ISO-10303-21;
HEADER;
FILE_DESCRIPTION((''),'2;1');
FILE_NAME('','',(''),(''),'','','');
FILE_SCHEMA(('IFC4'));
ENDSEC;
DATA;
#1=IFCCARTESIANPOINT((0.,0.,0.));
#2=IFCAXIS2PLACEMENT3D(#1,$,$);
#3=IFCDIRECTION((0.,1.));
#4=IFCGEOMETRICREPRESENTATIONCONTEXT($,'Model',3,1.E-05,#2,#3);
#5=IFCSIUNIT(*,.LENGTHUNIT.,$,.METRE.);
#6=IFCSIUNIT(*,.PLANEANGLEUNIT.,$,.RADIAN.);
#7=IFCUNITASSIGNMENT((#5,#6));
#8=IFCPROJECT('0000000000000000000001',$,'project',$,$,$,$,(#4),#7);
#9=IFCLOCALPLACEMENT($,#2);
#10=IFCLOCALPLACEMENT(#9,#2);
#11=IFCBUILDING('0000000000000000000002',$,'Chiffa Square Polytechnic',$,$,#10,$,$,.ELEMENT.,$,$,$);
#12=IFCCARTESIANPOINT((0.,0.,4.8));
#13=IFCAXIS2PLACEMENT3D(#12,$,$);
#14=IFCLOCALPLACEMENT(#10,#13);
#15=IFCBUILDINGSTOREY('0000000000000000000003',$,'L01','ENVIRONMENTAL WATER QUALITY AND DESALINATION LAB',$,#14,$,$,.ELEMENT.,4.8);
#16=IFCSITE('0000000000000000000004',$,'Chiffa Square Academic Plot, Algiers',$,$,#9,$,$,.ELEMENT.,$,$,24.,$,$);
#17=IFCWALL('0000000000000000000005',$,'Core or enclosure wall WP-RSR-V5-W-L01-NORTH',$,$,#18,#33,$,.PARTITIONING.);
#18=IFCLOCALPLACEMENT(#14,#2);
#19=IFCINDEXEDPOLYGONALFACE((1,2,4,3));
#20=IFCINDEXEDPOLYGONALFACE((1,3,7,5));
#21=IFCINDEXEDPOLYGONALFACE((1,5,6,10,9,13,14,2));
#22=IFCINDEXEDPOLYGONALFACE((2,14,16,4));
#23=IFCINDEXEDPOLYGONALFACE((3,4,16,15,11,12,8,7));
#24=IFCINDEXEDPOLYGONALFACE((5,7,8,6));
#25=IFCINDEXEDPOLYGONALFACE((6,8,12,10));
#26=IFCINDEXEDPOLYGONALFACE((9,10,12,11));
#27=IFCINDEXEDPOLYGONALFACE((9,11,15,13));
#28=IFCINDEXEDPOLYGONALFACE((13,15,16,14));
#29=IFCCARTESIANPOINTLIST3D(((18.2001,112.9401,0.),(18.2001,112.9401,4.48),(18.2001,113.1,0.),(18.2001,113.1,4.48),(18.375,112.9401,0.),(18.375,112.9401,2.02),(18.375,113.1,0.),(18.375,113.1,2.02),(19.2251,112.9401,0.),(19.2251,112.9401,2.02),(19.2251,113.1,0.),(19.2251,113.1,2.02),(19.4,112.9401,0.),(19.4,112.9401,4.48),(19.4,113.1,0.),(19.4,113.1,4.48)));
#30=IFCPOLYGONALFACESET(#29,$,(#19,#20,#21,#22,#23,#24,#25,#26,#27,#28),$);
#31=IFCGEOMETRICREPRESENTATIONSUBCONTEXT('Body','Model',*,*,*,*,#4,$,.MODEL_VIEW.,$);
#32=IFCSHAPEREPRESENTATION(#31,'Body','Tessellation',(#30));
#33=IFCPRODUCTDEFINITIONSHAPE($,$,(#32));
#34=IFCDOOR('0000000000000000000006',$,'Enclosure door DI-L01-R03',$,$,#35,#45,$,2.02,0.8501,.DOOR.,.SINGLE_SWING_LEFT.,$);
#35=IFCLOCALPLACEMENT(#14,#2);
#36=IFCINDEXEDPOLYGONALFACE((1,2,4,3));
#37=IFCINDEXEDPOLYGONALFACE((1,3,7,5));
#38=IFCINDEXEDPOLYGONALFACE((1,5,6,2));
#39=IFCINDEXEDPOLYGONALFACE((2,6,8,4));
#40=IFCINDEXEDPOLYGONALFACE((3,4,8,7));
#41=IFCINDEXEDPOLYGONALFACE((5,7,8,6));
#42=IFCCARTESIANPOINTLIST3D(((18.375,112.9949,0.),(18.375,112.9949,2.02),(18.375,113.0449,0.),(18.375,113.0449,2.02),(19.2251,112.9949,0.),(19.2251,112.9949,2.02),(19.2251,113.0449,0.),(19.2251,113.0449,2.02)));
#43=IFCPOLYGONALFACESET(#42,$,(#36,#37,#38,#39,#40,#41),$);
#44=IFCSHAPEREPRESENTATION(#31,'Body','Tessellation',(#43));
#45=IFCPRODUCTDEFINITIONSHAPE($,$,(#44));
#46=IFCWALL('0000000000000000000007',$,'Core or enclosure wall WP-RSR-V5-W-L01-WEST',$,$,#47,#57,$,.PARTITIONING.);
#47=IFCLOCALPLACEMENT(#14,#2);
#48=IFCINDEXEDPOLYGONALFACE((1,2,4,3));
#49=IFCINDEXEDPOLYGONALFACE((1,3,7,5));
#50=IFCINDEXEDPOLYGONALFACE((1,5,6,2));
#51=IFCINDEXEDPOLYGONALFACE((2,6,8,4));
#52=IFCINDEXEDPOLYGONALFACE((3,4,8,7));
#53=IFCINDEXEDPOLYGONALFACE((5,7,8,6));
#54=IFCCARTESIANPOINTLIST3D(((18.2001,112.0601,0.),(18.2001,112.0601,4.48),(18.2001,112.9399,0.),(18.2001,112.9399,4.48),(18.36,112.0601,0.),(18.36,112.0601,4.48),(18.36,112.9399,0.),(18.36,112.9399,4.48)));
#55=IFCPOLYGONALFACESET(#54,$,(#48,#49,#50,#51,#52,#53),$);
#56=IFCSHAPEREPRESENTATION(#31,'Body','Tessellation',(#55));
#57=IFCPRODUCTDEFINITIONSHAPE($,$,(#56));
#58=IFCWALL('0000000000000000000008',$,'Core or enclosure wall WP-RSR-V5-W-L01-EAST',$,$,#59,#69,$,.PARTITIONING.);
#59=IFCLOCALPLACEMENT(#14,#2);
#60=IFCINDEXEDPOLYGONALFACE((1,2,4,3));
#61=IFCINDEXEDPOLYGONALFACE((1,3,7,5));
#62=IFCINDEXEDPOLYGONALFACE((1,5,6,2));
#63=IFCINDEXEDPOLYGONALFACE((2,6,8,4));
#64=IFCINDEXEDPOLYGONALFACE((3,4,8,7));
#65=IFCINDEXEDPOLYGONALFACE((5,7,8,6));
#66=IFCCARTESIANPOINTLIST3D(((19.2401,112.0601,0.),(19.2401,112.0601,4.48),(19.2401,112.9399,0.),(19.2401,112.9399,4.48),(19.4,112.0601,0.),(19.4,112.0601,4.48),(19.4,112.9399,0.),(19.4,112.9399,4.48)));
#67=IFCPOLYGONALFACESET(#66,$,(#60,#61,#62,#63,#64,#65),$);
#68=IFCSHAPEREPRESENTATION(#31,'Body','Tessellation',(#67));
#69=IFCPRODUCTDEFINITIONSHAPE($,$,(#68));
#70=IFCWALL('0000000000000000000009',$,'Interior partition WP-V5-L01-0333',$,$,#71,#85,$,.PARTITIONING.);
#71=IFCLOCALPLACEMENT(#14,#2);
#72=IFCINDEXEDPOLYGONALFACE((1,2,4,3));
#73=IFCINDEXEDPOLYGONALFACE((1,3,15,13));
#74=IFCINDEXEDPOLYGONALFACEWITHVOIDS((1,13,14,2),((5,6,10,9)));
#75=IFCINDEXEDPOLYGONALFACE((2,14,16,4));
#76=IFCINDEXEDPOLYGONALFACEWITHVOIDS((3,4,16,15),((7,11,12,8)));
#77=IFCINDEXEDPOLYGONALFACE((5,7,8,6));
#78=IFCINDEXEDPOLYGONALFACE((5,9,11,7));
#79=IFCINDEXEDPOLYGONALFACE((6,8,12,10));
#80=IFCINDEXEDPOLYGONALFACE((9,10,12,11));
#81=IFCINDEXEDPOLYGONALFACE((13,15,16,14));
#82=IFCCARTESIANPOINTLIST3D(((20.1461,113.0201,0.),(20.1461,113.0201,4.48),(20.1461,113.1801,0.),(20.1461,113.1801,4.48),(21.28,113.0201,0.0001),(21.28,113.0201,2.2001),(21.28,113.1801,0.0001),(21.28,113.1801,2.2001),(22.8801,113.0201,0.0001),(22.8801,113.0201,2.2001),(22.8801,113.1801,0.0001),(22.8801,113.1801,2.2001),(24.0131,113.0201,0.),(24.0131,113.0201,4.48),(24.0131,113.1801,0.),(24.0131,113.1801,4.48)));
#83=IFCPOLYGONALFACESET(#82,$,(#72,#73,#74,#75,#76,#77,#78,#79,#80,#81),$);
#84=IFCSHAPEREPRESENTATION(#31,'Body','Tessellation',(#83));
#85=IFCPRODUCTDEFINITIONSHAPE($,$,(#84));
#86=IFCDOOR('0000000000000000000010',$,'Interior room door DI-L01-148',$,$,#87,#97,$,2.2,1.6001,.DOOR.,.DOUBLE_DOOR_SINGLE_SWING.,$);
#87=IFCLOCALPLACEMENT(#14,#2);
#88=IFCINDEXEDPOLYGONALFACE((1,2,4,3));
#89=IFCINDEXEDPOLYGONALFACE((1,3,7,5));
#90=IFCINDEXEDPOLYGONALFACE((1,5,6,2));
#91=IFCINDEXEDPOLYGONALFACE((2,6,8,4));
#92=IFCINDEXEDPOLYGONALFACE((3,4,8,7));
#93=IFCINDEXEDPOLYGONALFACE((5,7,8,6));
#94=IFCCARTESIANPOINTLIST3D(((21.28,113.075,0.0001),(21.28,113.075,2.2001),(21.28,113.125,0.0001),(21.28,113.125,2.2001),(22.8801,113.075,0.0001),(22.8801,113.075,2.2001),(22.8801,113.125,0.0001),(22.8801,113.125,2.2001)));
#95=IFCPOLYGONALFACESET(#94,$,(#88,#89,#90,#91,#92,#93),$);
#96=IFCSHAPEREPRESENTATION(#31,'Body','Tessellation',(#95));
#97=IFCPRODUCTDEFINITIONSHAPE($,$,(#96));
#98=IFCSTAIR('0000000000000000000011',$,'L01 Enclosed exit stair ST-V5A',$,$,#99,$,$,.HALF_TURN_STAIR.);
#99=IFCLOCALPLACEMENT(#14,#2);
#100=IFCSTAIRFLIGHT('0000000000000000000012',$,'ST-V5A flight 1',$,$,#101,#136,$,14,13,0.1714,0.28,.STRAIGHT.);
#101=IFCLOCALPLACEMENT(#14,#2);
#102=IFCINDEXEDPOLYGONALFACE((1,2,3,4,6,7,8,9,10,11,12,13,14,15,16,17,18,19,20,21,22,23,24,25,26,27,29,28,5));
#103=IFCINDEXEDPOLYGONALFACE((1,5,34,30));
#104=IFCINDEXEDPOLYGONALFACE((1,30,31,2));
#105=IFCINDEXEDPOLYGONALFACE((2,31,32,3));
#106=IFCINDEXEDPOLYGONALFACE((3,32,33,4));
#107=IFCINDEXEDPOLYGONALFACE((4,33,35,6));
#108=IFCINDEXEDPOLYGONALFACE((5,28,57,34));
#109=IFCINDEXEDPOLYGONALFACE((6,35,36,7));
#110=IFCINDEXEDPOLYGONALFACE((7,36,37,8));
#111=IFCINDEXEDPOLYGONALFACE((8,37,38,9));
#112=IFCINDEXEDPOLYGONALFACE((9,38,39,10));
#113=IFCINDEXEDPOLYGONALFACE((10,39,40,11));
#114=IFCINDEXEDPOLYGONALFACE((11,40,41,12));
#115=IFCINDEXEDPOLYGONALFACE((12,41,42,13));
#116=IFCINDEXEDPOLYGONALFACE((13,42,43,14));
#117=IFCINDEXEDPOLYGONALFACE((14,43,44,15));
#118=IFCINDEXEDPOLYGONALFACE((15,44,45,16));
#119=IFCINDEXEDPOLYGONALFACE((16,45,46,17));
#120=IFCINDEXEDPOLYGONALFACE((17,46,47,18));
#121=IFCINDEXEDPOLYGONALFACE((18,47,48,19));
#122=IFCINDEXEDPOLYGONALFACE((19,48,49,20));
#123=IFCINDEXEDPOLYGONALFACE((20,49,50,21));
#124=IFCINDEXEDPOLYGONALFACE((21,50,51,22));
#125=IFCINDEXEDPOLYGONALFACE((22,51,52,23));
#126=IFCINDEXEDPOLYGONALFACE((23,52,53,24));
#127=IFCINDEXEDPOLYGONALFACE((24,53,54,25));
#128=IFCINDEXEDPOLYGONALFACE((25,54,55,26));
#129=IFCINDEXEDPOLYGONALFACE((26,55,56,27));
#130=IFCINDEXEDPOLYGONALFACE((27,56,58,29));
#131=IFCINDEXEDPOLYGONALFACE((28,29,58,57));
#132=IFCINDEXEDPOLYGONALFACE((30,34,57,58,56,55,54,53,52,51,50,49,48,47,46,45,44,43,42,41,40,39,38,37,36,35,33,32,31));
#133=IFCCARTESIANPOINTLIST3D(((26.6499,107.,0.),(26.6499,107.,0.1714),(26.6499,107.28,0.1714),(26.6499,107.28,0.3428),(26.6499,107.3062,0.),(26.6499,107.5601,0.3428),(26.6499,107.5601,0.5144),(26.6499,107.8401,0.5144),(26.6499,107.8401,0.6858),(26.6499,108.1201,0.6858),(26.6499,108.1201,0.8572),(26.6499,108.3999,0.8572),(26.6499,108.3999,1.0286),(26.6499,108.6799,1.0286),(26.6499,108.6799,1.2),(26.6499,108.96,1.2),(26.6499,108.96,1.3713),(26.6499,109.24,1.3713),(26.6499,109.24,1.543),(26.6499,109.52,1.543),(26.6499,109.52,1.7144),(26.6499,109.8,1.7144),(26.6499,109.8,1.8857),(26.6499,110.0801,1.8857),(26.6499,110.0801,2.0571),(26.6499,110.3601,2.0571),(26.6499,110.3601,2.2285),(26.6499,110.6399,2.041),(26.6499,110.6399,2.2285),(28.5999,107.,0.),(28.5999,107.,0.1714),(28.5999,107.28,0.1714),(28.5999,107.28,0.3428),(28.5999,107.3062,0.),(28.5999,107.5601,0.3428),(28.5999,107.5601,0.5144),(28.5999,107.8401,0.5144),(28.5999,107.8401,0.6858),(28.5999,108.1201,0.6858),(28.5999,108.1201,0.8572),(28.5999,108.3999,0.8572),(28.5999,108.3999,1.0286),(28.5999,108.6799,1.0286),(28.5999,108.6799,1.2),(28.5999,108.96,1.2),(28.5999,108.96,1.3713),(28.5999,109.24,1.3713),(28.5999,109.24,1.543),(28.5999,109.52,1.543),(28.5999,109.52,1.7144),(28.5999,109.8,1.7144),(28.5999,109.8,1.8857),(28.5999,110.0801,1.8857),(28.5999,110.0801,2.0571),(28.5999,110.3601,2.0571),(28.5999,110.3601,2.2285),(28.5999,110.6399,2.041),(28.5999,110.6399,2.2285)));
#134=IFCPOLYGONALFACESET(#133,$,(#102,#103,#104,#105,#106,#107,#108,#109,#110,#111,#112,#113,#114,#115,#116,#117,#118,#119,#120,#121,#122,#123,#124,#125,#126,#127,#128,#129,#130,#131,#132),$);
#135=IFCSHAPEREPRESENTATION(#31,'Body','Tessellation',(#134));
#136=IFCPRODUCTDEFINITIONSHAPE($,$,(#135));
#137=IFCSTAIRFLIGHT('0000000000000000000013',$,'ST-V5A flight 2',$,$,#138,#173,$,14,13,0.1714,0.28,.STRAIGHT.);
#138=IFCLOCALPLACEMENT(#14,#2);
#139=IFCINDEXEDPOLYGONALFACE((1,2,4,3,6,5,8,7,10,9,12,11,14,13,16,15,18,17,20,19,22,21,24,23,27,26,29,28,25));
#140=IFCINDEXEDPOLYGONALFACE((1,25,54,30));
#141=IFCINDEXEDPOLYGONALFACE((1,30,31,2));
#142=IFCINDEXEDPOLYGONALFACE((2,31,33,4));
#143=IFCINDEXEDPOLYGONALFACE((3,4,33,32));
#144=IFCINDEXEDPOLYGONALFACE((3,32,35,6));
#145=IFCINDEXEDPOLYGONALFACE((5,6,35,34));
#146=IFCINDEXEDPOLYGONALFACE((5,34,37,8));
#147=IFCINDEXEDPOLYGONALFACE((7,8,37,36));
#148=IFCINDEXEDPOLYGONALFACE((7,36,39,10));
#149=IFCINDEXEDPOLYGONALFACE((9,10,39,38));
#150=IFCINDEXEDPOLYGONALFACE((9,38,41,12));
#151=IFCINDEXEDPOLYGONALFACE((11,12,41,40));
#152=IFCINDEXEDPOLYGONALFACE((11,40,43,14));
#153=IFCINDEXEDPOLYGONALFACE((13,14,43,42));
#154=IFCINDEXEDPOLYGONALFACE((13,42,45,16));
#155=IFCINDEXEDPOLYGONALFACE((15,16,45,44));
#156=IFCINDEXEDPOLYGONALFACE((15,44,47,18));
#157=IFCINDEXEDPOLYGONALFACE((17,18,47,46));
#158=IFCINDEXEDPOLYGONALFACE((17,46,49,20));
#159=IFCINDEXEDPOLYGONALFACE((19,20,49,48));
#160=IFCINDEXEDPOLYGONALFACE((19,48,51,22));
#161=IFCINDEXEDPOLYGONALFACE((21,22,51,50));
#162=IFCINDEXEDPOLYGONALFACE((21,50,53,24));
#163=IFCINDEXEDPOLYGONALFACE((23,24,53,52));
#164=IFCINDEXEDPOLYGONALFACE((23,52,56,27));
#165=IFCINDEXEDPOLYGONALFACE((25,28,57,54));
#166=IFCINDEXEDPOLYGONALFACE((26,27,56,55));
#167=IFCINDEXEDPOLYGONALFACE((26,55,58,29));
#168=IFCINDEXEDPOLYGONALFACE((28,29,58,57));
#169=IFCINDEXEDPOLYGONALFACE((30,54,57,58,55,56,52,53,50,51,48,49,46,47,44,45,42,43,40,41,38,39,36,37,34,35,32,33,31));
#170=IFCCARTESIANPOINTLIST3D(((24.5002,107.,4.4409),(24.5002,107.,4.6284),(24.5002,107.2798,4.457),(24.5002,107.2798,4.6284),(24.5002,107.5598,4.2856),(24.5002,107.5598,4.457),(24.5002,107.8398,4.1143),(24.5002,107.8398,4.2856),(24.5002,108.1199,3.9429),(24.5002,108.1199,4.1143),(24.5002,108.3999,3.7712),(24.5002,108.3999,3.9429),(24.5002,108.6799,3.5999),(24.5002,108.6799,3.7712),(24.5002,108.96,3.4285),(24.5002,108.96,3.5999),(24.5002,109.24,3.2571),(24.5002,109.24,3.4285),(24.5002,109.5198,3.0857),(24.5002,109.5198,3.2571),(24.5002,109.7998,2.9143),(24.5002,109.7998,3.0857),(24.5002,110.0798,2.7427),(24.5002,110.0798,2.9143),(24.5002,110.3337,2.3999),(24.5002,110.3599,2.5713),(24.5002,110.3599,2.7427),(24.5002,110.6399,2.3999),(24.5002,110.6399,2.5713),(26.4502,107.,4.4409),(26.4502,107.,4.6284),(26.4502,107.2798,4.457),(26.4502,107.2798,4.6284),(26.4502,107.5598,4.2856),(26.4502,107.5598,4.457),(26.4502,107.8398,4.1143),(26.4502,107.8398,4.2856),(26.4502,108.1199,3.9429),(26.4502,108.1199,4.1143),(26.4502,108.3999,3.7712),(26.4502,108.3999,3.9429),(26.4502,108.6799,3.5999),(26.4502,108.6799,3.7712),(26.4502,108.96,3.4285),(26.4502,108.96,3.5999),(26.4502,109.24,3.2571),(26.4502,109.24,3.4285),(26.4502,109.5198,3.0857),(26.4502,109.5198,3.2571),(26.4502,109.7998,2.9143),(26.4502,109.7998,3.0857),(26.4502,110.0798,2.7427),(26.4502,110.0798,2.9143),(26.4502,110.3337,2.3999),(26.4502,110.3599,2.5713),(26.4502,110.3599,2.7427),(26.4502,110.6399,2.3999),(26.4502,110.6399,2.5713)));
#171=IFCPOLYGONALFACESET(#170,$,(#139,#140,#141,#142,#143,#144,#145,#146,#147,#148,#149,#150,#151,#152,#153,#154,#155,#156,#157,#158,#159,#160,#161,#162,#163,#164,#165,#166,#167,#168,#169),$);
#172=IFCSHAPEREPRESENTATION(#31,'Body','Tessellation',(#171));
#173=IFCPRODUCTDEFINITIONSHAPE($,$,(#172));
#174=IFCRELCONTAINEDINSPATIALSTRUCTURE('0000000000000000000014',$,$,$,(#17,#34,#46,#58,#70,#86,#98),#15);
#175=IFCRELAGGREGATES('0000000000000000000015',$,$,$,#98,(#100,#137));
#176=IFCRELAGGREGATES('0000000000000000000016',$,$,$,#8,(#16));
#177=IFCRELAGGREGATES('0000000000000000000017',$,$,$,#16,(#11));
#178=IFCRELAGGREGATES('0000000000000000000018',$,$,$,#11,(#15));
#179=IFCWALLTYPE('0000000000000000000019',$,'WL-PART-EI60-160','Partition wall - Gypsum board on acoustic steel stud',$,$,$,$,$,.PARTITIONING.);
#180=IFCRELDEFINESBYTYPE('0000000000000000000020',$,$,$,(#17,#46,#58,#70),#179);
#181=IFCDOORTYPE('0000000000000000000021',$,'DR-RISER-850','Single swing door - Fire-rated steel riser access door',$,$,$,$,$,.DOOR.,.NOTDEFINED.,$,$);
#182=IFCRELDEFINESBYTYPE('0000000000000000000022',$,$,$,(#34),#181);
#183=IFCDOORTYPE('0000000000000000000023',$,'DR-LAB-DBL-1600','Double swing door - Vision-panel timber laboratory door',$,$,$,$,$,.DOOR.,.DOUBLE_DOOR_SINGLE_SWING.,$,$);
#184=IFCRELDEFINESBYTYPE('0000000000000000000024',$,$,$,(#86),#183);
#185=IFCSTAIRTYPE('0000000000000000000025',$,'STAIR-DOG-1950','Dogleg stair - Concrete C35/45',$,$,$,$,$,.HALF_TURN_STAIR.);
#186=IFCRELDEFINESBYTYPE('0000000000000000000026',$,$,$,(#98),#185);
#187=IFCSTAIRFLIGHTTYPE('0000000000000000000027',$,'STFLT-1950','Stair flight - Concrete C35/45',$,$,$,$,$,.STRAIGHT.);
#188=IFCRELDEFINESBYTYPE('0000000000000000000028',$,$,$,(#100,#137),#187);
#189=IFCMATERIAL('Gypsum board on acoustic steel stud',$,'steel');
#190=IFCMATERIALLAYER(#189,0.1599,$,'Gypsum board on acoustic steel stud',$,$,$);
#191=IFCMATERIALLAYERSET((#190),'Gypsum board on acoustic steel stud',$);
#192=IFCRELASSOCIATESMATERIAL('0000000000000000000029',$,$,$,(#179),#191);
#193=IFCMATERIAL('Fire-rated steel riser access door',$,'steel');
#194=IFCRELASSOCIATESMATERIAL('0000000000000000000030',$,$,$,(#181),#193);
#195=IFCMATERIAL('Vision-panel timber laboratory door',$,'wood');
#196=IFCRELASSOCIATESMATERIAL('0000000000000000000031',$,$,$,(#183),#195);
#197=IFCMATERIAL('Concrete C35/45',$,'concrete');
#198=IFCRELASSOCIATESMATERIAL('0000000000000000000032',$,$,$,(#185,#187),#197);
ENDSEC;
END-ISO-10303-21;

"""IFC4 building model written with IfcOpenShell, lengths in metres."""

from ifc_helpers import new_model, si_unit, direction, frame, frame_2d, origin, place, context, subcontext, project, spatial, polyline, rectangle, outline, extrude, material, layer, layer_set, type_object, element, fill, aggregate, save


model = new_model("IFC4")

# Units and contexts
model_context = context("Model", 3, precision=1e-05, world=origin(), true_north=direction((0.0, 1.0)))
body_context = subcontext(model_context, "Body", "Model", "MODEL_VIEW")
ifc_project = project(units=[si_unit("LENGTHUNIT", "METRE"), si_unit("PLANEANGLEUNIT", "RADIAN")], contexts=[model_context])

# Site, building, storey
site_placement = place(None, origin())
site = spatial("IfcSite", under=ifc_project, at=site_placement, Name="Chiffa Square Academic Plot, Algiers", CompositionType="ELEMENT", RefElevation=24.0)
building_placement = place(site_placement, origin())
building = spatial("IfcBuilding", under=site, at=building_placement, Name="Chiffa Square Polytechnic", CompositionType="ELEMENT")
storey_placement = place(building_placement, frame((0.0, 0.0, 4.8)))
storey = spatial("IfcBuildingStorey", under=building, at=storey_placement, Name="L01", Description="ENVIRONMENTAL WATER QUALITY AND DESALINATION LAB", CompositionType="ELEMENT", Elevation=4.8)

# Shared definitions
ifc_material_1 = material(Name="Concrete C35/45", Category="concrete")

# Shared definitions
ifc_material_2 = material(Name="Gypsum board on acoustic steel stud", Category="steel")
ifc_layer_1 = layer(ifc_material_2, 0.1599, Name="Gypsum board on acoustic steel stud")
ifc_layer_set_1 = layer_set([ifc_layer_1], Name="Gypsum board on acoustic steel stud")
wall_type_1 = type_object("IfcWallType", Name="WL-PART-EI60-160", Description="Partition wall - Gypsum board on acoustic steel stud", PredefinedType="PARTITIONING", material=ifc_layer_set_1)

# Wall, opening, door
wall_1_placement = place(storey_placement, frame((18.2, 113.02, 0.0), z_axis=(0.0, 0.0, 1.0), x_axis=(1.0, 0.0, 0.0)))
wall_1 = element("IfcWall", 1, at=wall_1_placement, inside=storey, type_object=wall_type_1, Name="Core or enclosure wall WP-RSR-V5-W-L01-NORTH", PredefinedType="PARTITIONING", context=body_context, shape_type="SweptSolid", body=[
    extrude(rectangle(XDim=1.2, YDim=0.1599, at=frame_2d((0.6001, 0.0))), origin(), (0.0, 0.0, 1.0), 4.48),
])
opening_1_placement = place(wall_1_placement, frame((0.175, 0.0, 0.0)))
opening_1 = element("IfcOpeningElement", 2, at=opening_1_placement, cuts=wall_1, PredefinedType="OPENING", context=body_context, shape_type="SweptSolid", body=[
    extrude(rectangle(XDim=0.8501, YDim=2.02, at=frame_2d((0.425, 1.01))), frame((0.0, 0.0898, 0.0), z_axis=(0.0, -1.0, 0.0), x_axis=(1.0, 0.0, 0.0)), (0.0, 0.0, 1.0), 0.1799),
])
ifc_material_3 = material(Name="Fire-rated steel riser access door", Category="steel")
door_type_1 = type_object("IfcDoorType", Name="DR-RISER-850", Description="Single swing door - Fire-rated steel riser access door", OperationType="NOTDEFINED", PredefinedType="DOOR", material=ifc_material_3)
door_1_placement = place(opening_1_placement, origin())
door_1 = element("IfcDoor", 3, at=door_1_placement, inside=storey, type_object=door_type_1, Name="Enclosure door DI-L01-R03", OperationType="SINGLE_SWING_LEFT", OverallHeight=2.02, OverallWidth=0.8501, PredefinedType="DOOR", context=body_context, shape_type="SweptSolid", body=[
    extrude(rectangle(XDim=0.8501, YDim=2.02, at=frame_2d((0.425, 1.01))), frame((0.0, 0.0249, 0.0), z_axis=(0.0, -1.0, 0.0), x_axis=(1.0, 0.0, 0.0)), (0.0, 0.0, 1.0), 0.05),
])
fill(opening_1, door_1)

# Walls
for number, where, z_axis, x_axis, name in (
    (4, (18.28, 112.0601, 0.0), (0.0, 0.0, 1.0), (0.0, 1.0, 0.0), "Core or enclosure wall WP-RSR-V5-W-L01-WEST"),
    (5, (19.3201, 112.0601, 0.0), (0.0, 0.0, 1.0), (0.0, 1.0, 0.0), "Core or enclosure wall WP-RSR-V5-W-L01-EAST"),
):
    element("IfcWall", number, at=place(storey_placement, frame(where, z_axis=z_axis, x_axis=x_axis)), inside=storey, type_object=wall_type_1, Name=name, PredefinedType="PARTITIONING", context=body_context, shape_type="SweptSolid", body=[
        extrude(rectangle(XDim=0.8799, YDim=0.1599, at=frame_2d((0.4399, 0.0))), origin(), (0.0, 0.0, 1.0), 4.48),
    ])

# Wall, opening, door
wall_2_placement = place(storey_placement, frame((20.146, 113.1001, 0.0), z_axis=(0.0, 0.0, 1.0), x_axis=(1.0, 0.0, 0.0)))
wall_2 = element("IfcWall", 6, at=wall_2_placement, inside=storey, type_object=wall_type_1, Name="Interior partition WP-V5-L01-0333", PredefinedType="PARTITIONING", context=body_context, shape_type="SweptSolid", body=[
    extrude(rectangle(XDim=3.8669, YDim=0.1599, at=frame_2d((1.9336, 0.0))), origin(), (0.0, 0.0, 1.0), 4.48),
])
opening_2_placement = place(wall_2_placement, frame((1.134, 0.0, 0.0)))
opening_2 = element("IfcOpeningElement", 7, at=opening_2_placement, cuts=wall_2, PredefinedType="OPENING", context=body_context, shape_type="SweptSolid", body=[
    extrude(rectangle(XDim=1.6001, YDim=2.2, at=frame_2d((0.8, 1.1001))), frame((0.0, 0.0898, 0.0), z_axis=(0.0, -1.0, 0.0), x_axis=(1.0, 0.0, 0.0)), (0.0, 0.0, 1.0), 0.1799),
])
ifc_material_4 = material(Name="Vision-panel timber laboratory door", Category="wood")
door_type_2 = type_object("IfcDoorType", Name="DR-LAB-DBL-1600", Description="Double swing door - Vision-panel timber laboratory door", OperationType="DOUBLE_DOOR_SINGLE_SWING", PredefinedType="DOOR", material=ifc_material_4)
door_2_placement = place(opening_2_placement, origin())
door_2 = element("IfcDoor", 8, at=door_2_placement, inside=storey, type_object=door_type_2, Name="Interior room door DI-L01-148", OperationType="DOUBLE_DOOR_SINGLE_SWING", OverallHeight=2.2, OverallWidth=1.6001, PredefinedType="DOOR", context=body_context, shape_type="SweptSolid", body=[
    extrude(rectangle(XDim=1.6001, YDim=2.2, at=frame_2d((0.8, 1.1001))), frame((0.0, 0.0249, 0.0), z_axis=(0.0, -1.0, 0.0), x_axis=(1.0, 0.0, 0.0)), (0.0, 0.0, 1.0), 0.05),
])
fill(opening_2, door_2)

# Stair, stair flights
stair_type = type_object("IfcStairType", Name="STAIR-DOG-1950", Description="Dogleg stair - Concrete C35/45", PredefinedType="HALF_TURN_STAIR", material=ifc_material_1)
stair_placement = place(storey_placement, origin())
stair = element("IfcStair", 9, at=stair_placement, inside=storey, type_object=stair_type, Name="L01 Enclosed exit stair ST-V5A", PredefinedType="HALF_TURN_STAIR")
stair_flight_type = type_object("IfcStairFlightType", Name="STFLT-1950", Description="Stair flight - Concrete C35/45", PredefinedType="STRAIGHT", material=ifc_material_1)
stair_flight_1_placement = place(storey_placement, frame((27.625, 107.0, 0.0), z_axis=(0.0, 0.0, 1.0), x_axis=(0.0, 1.0, 0.0)))
stair_flight_1 = element("IfcStairFlight", 10, at=stair_flight_1_placement, type_object=stair_flight_type, Name="ST-V5A flight 1", NumberOfRisers=14, NumberOfTreads=13, PredefinedType="STRAIGHT", RiserHeight=0.1714, TreadLength=0.28, context=body_context, shape_type="SweptSolid", body=[
    extrude(outline(polyline([(0.0, 0.0), (0.0, 0.1714), (0.28, 0.1714), (0.28, 0.3428), (0.5601, 0.3428), (0.5601, 0.5144), (0.8401, 0.5144), (0.8401, 0.6858), (1.1201, 0.6858), (1.1201, 0.8572), (1.3999, 0.8572), (1.3999, 1.0286), (1.6799, 1.0286), (1.6799, 1.2), (1.96, 1.2), (1.96, 1.3713), (2.24, 1.3713), (2.24, 1.543), (2.52, 1.543), (2.52, 1.7144), (2.8, 1.7144), (2.8, 1.8857), (3.0801, 1.8857), (3.0801, 2.0571), (3.3601, 2.0571), (3.3601, 2.2285), (3.6399, 2.2285), (3.6399, 2.3999), (3.6399, 2.041), (0.3062, 0.0), (0.0, 0.0)])), frame((0.0, 0.9751, 0.0), z_axis=(0.0, -1.0, 0.0), x_axis=(1.0, 0.0, 0.0)), (0.0, 0.0, 1.0), 1.95),
])
stair_flight_2_placement = place(storey_placement, frame((25.4751, 110.6399, 2.3999), z_axis=(0.0, 0.0, 1.0), x_axis=(0.0, -1.0, 0.0)))
stair_flight_2 = element("IfcStairFlight", 11, at=stair_flight_2_placement, type_object=stair_flight_type, Name="ST-V5A flight 2", NumberOfRisers=14, NumberOfTreads=13, PredefinedType="STRAIGHT", RiserHeight=0.1714, TreadLength=0.28, context=body_context, shape_type="SweptSolid", body=[
    extrude(outline(polyline([(0.0, 0.0), (0.0, 0.1714), (0.28, 0.1714), (0.28, 0.3428), (0.5601, 0.3428), (0.5601, 0.5144), (0.8401, 0.5144), (0.8401, 0.6858), (1.1201, 0.6858), (1.1201, 0.8572), (1.3999, 0.8572), (1.3999, 1.0286), (1.6799, 1.0286), (1.6799, 1.2), (1.96, 1.2), (1.96, 1.3713), (2.24, 1.3713), (2.24, 1.543), (2.52, 1.543), (2.52, 1.7144), (2.8, 1.7144), (2.8, 1.8857), (3.0801, 1.8857), (3.0801, 2.0571), (3.3601, 2.0571), (3.3601, 2.2285), (3.6399, 2.2285), (3.6399, 2.3999), (3.6399, 2.041), (0.3062, 0.0), (0.0, 0.0)])), frame((0.0, 0.9751, 0.0), z_axis=(0.0, -1.0, 0.0), x_axis=(1.0, 0.0, 0.0)), (0.0, 0.0, 1.0), 1.95),
])
aggregate(stair, [stair_flight_1, stair_flight_2])

save(model, "model.ifc")
